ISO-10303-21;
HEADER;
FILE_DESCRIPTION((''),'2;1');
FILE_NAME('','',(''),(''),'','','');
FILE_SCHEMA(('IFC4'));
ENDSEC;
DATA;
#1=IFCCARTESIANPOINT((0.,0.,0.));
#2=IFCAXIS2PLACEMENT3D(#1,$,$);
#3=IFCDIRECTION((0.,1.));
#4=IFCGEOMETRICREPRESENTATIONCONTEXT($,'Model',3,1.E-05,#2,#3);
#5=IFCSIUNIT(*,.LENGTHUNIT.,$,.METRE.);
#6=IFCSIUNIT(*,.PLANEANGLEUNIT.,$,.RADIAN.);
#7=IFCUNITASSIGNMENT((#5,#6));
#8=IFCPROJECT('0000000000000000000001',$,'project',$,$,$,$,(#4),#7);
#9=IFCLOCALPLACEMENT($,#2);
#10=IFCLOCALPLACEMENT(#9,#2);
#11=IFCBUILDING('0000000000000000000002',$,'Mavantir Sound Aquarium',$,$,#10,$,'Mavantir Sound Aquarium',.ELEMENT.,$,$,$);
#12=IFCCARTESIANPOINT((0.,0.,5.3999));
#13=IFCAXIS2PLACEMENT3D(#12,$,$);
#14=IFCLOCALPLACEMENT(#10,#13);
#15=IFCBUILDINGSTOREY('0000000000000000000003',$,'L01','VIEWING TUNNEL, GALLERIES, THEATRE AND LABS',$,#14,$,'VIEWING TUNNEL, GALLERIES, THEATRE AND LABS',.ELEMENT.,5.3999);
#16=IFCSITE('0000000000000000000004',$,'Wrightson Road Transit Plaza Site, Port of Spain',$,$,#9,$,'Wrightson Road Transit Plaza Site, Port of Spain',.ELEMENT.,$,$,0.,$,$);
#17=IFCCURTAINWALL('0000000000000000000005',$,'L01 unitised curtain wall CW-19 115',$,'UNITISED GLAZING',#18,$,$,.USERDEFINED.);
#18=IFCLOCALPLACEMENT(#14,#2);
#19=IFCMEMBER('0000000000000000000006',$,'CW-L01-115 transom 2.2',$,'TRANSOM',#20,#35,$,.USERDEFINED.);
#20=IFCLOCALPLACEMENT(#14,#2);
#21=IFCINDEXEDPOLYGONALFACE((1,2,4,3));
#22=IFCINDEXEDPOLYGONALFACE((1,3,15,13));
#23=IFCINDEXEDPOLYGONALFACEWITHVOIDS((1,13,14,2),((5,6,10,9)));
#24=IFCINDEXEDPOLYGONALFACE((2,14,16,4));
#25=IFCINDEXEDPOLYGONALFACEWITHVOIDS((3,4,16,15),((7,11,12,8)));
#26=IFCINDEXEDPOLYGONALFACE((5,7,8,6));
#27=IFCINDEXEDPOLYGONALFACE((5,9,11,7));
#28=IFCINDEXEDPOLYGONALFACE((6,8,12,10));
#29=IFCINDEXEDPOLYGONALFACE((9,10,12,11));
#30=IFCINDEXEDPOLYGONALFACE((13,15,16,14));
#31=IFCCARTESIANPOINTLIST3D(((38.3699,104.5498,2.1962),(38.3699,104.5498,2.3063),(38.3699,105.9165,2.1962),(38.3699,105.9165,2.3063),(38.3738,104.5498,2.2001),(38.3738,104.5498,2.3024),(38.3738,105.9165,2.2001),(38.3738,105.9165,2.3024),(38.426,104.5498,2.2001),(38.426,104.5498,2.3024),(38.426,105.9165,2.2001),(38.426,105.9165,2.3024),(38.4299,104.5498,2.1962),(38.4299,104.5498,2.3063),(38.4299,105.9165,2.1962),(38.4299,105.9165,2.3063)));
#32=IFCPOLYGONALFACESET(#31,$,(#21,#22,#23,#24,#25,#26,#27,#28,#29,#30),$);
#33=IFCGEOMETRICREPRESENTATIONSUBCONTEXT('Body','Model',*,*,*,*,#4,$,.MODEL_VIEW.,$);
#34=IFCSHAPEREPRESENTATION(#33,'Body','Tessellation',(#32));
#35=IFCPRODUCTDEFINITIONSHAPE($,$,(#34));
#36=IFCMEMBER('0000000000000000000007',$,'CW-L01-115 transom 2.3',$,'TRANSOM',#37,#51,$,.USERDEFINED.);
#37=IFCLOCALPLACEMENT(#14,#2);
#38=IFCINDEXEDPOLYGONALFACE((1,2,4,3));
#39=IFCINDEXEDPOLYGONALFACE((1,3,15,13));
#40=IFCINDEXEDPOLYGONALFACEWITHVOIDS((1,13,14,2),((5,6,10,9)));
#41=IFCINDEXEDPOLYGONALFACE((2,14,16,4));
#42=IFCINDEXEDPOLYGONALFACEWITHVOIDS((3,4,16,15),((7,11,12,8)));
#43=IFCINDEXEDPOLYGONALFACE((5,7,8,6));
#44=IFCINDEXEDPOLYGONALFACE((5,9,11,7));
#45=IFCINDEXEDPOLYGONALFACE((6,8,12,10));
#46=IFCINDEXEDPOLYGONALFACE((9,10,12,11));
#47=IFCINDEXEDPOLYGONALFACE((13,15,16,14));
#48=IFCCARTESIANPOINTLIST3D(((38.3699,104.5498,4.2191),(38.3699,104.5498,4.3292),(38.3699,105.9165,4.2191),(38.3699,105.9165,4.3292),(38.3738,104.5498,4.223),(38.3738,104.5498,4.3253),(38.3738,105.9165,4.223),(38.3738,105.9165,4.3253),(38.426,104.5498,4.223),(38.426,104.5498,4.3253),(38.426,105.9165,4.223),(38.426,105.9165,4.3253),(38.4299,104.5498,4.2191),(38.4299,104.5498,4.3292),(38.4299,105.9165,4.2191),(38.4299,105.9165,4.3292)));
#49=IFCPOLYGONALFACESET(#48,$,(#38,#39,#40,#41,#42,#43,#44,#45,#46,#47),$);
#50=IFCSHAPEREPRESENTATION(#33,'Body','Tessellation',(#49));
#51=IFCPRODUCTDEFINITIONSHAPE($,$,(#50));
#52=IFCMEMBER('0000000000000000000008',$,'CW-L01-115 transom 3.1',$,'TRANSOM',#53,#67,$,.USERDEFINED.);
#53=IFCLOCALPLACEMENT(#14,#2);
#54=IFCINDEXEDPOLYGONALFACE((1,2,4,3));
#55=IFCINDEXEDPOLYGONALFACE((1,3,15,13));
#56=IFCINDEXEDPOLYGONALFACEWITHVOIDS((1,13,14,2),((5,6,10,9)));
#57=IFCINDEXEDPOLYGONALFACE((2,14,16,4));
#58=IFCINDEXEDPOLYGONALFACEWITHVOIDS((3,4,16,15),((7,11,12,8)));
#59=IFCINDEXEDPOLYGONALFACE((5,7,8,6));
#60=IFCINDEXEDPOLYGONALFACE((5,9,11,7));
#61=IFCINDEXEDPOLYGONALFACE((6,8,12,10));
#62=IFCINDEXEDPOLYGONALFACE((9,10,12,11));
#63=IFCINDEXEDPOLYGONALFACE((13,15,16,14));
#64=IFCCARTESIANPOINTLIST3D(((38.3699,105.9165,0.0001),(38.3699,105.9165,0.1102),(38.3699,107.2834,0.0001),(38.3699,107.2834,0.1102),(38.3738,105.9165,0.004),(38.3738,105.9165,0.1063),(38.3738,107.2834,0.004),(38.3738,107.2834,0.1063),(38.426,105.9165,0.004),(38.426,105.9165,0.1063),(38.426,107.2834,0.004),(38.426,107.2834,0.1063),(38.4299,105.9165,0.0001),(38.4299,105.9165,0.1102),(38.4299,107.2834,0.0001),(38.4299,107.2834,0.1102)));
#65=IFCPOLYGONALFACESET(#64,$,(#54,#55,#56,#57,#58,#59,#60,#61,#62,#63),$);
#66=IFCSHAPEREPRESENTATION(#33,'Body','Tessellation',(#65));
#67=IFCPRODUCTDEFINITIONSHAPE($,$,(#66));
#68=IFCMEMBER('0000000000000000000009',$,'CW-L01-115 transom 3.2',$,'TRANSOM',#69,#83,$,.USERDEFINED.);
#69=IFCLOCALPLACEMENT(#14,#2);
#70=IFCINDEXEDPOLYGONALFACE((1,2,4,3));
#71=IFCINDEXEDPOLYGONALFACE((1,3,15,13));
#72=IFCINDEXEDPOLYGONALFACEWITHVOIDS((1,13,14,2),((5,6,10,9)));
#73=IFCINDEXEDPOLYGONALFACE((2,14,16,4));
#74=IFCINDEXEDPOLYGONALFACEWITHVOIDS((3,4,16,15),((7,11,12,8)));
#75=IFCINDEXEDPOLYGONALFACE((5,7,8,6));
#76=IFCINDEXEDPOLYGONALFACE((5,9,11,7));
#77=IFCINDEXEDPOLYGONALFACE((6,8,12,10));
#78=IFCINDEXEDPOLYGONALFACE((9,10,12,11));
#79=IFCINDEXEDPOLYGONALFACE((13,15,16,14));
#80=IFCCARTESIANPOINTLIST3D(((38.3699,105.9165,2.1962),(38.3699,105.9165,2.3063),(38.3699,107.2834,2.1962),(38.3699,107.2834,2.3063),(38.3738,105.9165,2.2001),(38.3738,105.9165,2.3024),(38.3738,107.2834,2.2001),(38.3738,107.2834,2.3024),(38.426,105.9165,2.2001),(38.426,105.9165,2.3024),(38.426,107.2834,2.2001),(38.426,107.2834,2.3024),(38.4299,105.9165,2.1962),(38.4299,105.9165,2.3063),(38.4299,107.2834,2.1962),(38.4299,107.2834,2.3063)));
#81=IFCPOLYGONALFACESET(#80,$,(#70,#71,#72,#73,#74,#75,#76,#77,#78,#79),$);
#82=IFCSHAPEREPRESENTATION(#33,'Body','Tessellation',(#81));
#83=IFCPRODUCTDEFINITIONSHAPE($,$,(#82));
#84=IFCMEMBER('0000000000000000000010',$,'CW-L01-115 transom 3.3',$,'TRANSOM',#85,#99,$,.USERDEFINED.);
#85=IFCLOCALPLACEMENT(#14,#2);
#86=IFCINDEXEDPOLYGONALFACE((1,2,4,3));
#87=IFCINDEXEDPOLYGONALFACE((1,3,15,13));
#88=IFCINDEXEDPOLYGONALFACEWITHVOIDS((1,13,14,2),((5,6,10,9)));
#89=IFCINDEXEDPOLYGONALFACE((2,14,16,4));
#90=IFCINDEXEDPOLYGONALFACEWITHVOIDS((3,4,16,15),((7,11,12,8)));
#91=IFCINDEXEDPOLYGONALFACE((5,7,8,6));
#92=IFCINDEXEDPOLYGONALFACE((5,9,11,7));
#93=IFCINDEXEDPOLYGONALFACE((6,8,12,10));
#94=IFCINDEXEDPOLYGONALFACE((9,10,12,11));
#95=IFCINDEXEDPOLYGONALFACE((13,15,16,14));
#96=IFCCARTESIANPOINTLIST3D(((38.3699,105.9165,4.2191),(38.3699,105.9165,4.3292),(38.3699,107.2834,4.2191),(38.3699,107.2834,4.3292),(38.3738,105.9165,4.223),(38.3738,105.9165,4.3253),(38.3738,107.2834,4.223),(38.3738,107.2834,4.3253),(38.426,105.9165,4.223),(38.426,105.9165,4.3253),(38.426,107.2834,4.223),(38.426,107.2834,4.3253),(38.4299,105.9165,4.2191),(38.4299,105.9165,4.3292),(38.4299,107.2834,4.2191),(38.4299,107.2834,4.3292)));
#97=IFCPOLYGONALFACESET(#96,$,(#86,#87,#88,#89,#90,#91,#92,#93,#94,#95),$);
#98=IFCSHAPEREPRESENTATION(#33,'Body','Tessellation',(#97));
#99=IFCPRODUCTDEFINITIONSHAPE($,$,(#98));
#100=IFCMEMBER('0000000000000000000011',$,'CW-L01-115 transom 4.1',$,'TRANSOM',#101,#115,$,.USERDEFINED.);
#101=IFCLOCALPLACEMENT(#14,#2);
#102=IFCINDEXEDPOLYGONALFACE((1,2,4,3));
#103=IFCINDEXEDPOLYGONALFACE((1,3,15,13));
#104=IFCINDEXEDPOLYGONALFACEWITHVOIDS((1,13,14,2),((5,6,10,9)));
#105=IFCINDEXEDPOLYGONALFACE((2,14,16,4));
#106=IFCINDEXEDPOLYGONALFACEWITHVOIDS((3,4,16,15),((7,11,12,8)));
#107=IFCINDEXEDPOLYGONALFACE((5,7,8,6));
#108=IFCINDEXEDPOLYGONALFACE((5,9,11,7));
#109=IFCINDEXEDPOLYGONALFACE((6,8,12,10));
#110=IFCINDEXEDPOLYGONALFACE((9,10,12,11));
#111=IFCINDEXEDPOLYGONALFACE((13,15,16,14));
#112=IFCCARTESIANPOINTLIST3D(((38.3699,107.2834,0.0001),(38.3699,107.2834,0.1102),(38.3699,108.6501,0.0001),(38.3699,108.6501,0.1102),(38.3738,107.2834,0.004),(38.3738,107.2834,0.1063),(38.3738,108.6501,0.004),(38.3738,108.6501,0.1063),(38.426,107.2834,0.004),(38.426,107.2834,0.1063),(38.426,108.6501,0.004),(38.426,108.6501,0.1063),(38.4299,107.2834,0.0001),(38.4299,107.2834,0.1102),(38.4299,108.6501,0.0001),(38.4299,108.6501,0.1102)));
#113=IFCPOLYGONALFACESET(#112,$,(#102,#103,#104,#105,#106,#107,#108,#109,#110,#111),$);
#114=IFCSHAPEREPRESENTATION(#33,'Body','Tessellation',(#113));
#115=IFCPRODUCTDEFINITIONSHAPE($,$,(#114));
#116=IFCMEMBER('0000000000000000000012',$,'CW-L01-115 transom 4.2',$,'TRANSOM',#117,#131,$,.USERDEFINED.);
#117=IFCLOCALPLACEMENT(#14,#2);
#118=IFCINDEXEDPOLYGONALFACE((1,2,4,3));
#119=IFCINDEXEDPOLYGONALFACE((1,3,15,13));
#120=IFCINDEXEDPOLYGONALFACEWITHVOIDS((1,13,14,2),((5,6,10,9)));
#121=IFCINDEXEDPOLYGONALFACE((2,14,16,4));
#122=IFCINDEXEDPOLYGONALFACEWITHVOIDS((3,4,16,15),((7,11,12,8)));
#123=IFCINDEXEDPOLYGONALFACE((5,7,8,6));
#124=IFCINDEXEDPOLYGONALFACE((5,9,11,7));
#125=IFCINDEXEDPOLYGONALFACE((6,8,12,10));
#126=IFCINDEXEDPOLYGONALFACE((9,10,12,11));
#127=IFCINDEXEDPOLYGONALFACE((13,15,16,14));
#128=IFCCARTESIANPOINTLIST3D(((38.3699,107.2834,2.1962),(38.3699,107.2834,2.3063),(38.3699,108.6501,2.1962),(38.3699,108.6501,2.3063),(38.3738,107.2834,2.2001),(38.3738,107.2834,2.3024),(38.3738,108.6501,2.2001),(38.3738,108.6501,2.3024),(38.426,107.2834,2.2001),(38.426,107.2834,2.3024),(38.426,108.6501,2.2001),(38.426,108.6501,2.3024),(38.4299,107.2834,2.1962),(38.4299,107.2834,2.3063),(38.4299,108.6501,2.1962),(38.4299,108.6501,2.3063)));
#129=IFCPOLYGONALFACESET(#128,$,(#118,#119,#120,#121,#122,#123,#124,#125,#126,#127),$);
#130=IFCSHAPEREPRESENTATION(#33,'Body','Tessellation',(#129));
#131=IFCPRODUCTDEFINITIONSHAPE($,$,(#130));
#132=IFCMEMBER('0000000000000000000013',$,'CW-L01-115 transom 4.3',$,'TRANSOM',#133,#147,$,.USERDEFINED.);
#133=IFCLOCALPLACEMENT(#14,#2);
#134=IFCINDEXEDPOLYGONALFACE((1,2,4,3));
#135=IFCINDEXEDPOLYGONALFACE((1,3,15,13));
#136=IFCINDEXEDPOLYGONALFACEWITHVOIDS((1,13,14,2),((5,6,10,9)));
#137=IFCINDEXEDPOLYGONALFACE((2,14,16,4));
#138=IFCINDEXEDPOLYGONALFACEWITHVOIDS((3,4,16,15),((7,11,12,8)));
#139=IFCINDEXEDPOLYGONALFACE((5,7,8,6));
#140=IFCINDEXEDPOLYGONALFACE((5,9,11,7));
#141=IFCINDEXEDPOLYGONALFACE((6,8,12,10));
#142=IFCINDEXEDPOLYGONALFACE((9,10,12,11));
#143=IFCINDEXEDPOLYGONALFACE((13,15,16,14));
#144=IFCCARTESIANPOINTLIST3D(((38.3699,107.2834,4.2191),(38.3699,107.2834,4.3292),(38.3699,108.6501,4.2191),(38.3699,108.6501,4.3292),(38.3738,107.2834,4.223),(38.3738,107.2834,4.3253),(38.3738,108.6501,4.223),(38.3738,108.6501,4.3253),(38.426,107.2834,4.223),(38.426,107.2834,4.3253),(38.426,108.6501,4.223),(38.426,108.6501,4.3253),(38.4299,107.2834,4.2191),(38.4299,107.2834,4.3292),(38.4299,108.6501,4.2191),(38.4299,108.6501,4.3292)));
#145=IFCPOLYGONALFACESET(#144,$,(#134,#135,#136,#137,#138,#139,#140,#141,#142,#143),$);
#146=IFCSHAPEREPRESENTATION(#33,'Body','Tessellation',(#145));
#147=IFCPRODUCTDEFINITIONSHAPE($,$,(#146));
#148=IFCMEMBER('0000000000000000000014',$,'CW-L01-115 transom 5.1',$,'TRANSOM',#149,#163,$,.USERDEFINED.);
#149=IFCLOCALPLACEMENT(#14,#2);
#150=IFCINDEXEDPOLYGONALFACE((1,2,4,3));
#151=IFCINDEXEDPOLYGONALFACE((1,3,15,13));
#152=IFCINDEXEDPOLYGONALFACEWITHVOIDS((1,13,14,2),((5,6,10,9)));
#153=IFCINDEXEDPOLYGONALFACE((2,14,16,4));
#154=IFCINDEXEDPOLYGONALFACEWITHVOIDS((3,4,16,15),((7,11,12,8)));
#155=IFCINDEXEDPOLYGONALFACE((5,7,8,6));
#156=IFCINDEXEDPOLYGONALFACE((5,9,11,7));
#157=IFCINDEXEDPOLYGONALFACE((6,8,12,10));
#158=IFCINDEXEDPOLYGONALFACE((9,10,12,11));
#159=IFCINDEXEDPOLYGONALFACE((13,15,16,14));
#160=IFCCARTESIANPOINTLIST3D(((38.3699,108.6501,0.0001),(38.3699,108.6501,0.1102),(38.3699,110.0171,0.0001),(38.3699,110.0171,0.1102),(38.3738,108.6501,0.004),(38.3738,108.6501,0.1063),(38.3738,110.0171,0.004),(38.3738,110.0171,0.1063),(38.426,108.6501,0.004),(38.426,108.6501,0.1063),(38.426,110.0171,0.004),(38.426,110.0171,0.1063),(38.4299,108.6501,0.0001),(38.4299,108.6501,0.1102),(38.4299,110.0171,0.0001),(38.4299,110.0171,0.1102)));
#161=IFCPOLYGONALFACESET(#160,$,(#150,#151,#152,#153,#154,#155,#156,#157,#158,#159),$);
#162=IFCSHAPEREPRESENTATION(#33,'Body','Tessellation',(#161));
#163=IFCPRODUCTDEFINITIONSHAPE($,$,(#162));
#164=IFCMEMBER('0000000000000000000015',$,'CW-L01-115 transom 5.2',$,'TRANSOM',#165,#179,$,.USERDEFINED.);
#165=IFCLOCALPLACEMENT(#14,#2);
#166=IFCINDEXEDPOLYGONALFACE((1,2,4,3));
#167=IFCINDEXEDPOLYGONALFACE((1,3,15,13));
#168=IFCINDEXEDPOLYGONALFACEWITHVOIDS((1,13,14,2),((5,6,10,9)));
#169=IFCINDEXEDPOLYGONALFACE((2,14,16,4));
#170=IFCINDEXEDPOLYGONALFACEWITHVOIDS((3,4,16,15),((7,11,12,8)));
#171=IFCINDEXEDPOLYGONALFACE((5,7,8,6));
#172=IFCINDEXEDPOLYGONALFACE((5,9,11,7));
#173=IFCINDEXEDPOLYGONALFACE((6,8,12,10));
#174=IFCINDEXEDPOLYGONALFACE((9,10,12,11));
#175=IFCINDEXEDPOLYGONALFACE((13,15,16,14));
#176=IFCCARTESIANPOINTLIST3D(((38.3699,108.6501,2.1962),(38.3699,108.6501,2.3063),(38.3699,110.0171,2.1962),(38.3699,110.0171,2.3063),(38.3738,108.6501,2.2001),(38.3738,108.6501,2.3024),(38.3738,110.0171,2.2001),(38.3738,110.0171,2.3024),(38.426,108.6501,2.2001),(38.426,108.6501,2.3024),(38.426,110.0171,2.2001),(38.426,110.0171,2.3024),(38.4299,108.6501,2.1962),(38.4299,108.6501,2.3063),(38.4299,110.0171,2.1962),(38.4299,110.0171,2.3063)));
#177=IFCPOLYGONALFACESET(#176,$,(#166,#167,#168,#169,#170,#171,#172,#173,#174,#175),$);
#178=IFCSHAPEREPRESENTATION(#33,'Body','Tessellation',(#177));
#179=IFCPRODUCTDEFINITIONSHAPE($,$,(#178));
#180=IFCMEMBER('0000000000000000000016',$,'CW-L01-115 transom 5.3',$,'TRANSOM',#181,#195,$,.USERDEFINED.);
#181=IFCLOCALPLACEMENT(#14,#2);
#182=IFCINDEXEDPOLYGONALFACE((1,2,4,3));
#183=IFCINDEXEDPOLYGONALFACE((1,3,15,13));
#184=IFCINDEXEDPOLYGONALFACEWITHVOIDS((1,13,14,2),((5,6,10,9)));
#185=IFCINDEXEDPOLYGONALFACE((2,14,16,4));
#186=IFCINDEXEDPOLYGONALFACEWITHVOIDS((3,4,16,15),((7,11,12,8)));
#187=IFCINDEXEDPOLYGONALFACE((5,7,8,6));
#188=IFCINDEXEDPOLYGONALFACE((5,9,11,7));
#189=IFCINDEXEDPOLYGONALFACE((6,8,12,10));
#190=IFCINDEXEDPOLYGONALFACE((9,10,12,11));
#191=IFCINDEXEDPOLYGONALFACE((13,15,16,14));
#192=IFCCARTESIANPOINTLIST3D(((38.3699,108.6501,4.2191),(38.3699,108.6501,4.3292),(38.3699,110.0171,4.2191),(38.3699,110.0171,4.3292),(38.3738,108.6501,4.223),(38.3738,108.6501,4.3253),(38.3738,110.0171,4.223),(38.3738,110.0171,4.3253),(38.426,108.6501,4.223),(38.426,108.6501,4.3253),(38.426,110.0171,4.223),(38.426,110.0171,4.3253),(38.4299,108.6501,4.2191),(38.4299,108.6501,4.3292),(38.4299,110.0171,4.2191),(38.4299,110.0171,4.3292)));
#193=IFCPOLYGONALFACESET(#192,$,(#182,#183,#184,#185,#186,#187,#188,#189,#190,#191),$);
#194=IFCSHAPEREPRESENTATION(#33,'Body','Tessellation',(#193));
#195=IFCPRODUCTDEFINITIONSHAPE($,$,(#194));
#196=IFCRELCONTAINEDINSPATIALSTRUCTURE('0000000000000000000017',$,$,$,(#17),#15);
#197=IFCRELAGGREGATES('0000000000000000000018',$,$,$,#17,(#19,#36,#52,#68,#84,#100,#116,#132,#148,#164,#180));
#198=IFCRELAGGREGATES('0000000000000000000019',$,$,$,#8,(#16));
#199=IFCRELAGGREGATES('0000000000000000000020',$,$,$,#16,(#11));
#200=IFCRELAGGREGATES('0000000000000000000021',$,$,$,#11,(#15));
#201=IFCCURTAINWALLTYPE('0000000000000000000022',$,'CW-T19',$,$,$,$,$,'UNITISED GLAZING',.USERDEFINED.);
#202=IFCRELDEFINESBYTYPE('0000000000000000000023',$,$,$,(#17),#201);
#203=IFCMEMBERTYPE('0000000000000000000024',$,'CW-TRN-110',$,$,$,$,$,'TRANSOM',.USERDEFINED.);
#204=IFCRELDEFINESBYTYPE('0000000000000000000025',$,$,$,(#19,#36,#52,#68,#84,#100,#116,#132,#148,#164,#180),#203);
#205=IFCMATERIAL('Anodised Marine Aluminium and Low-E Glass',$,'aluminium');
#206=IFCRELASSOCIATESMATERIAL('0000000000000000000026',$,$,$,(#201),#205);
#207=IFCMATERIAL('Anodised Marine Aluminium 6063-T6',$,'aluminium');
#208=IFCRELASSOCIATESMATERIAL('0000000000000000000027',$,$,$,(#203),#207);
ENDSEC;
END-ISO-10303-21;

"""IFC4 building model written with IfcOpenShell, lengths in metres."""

from ifc_helpers import new_model, si_unit, direction, frame, origin, origin_2d, place, context, subcontext, project, spatial, hollow_rectangle, extrude, material, material_profile, profile_set, type_object, element, aggregate, save


model = new_model("IFC4")

# Units and contexts
model_context = context("Model", 3, precision=1e-05, world=origin(), true_north=direction((0.0, 1.0)))
body_context = subcontext(model_context, "Body", "Model", "MODEL_VIEW")
ifc_project = project(units=[si_unit("LENGTHUNIT", "METRE"), si_unit("PLANEANGLEUNIT", "RADIAN")], contexts=[model_context])

# Site, building, storey
site_placement = place(None, origin())
site = spatial("IfcSite", under=ifc_project, at=site_placement, Name="Wrightson Road Transit Plaza Site, Port of Spain", LongName="Wrightson Road Transit Plaza Site, Port of Spain", CompositionType="ELEMENT", RefElevation=0.0)
building_placement = place(site_placement, origin())
building = spatial("IfcBuilding", under=site, at=building_placement, Name="Mavantir Sound Aquarium", LongName="Mavantir Sound Aquarium", CompositionType="ELEMENT")
storey_placement = place(building_placement, frame((0.0, 0.0, 5.3999)))
storey = spatial("IfcBuildingStorey", under=building, at=storey_placement, Name="L01", Description="VIEWING TUNNEL, GALLERIES, THEATRE AND LABS", LongName="VIEWING TUNNEL, GALLERIES, THEATRE AND LABS", CompositionType="ELEMENT", Elevation=5.3999)

# Curtain wall
ifc_material_1 = material(Name="Anodised Marine Aluminium and Low-E Glass", Category="aluminium")
curtain_wall_type_1 = type_object("IfcCurtainWallType", Name="CW-T19", ElementType="UNITISED GLAZING", PredefinedType="USERDEFINED", material=ifc_material_1)
curtain_wall_1_placement = place(storey_placement, origin())
curtain_wall_1 = element("IfcCurtainWall", 1, at=curtain_wall_1_placement, inside=storey, type_object=curtain_wall_type_1, Name="L01 unitised curtain wall CW-19 115", ObjectType="UNITISED GLAZING", PredefinedType="USERDEFINED")
ifc_material_2 = material(Name="Anodised Marine Aluminium 6063-T6", Category="aluminium")

# Members
ifc_material_profile_1 = material_profile(ifc_material_2, hollow_rectangle(XDim=0.0601, YDim=0.1101, WallThickness=0.0039, at=origin_2d()), Name="ALU-TRANSOM-110X60")
ifc_profile_set_1 = profile_set([ifc_material_profile_1], Name="Anodised Marine Aluminium 6063-T6")
member_type_1 = type_object("IfcMemberType", Name="CW-TRN-110", ElementType="TRANSOM", PredefinedType="USERDEFINED", material=ifc_profile_set_1)
member_1_placement = place(storey_placement, frame((38.3999, 104.5498, 2.2512), z_axis=(0.0, 1.0, 0.0), x_axis=(-1.0, 0.0, 0.0)))
member_1 = element("IfcMember", 2, at=member_1_placement, type_object=member_type_1, Name="CW-L01-115 transom 2.2", ObjectType="TRANSOM", PredefinedType="USERDEFINED", context=body_context, shape_type="SweptSolid", body=[
    extrude(hollow_rectangle(XDim=0.0601, YDim=0.1101, WallThickness=0.0039, at=origin_2d()), origin(), (0.0, 0.0, 1.0), 1.3667),
])
member_2_placement = place(storey_placement, frame((38.3999, 104.5498, 4.2742), z_axis=(0.0, 1.0, 0.0), x_axis=(-1.0, 0.0, 0.0)))
member_2 = element("IfcMember", 3, at=member_2_placement, type_object=member_type_1, Name="CW-L01-115 transom 2.3", ObjectType="TRANSOM", PredefinedType="USERDEFINED", context=body_context, shape_type="SweptSolid", body=[
    extrude(hollow_rectangle(XDim=0.0601, YDim=0.1101, WallThickness=0.0039, at=origin_2d()), origin(), (0.0, 0.0, 1.0), 1.3667),
])
member_3_placement = place(storey_placement, frame((38.3999, 105.9165, 0.0552), z_axis=(0.0, 1.0, 0.0), x_axis=(-1.0, 0.0, 0.0)))
member_3 = element("IfcMember", 4, at=member_3_placement, type_object=member_type_1, Name="CW-L01-115 transom 3.1", ObjectType="TRANSOM", PredefinedType="USERDEFINED", context=body_context, shape_type="SweptSolid", body=[
    extrude(hollow_rectangle(XDim=0.0601, YDim=0.1101, WallThickness=0.0039, at=origin_2d()), origin(), (0.0, 0.0, 1.0), 1.3669),
])
member_4_placement = place(storey_placement, frame((38.3999, 105.9165, 2.2512), z_axis=(0.0, 1.0, 0.0), x_axis=(-1.0, 0.0, 0.0)))
member_4 = element("IfcMember", 5, at=member_4_placement, type_object=member_type_1, Name="CW-L01-115 transom 3.2", ObjectType="TRANSOM", PredefinedType="USERDEFINED", context=body_context, shape_type="SweptSolid", body=[
    extrude(hollow_rectangle(XDim=0.0601, YDim=0.1101, WallThickness=0.0039, at=origin_2d()), origin(), (0.0, 0.0, 1.0), 1.3669),
])
member_5_placement = place(storey_placement, frame((38.3999, 105.9165, 4.2742), z_axis=(0.0, 1.0, 0.0), x_axis=(-1.0, 0.0, 0.0)))
member_5 = element("IfcMember", 6, at=member_5_placement, type_object=member_type_1, Name="CW-L01-115 transom 3.3", ObjectType="TRANSOM", PredefinedType="USERDEFINED", context=body_context, shape_type="SweptSolid", body=[
    extrude(hollow_rectangle(XDim=0.0601, YDim=0.1101, WallThickness=0.0039, at=origin_2d()), origin(), (0.0, 0.0, 1.0), 1.3669),
])
member_6_placement = place(storey_placement, frame((38.3999, 107.2834, 0.0552), z_axis=(0.0, 1.0, 0.0), x_axis=(-1.0, 0.0, 0.0)))
member_6 = element("IfcMember", 7, at=member_6_placement, type_object=member_type_1, Name="CW-L01-115 transom 4.1", ObjectType="TRANSOM", PredefinedType="USERDEFINED", context=body_context, shape_type="SweptSolid", body=[
    extrude(hollow_rectangle(XDim=0.0601, YDim=0.1101, WallThickness=0.0039, at=origin_2d()), origin(), (0.0, 0.0, 1.0), 1.3667),
])
member_7_placement = place(storey_placement, frame((38.3999, 107.2834, 2.2512), z_axis=(0.0, 1.0, 0.0), x_axis=(-1.0, 0.0, 0.0)))
member_7 = element("IfcMember", 8, at=member_7_placement, type_object=member_type_1, Name="CW-L01-115 transom 4.2", ObjectType="TRANSOM", PredefinedType="USERDEFINED", context=body_context, shape_type="SweptSolid", body=[
    extrude(hollow_rectangle(XDim=0.0601, YDim=0.1101, WallThickness=0.0039, at=origin_2d()), origin(), (0.0, 0.0, 1.0), 1.3667),
])
member_8_placement = place(storey_placement, frame((38.3999, 107.2834, 4.2742), z_axis=(0.0, 1.0, 0.0), x_axis=(-1.0, 0.0, 0.0)))
member_8 = element("IfcMember", 9, at=member_8_placement, type_object=member_type_1, Name="CW-L01-115 transom 4.3", ObjectType="TRANSOM", PredefinedType="USERDEFINED", context=body_context, shape_type="SweptSolid", body=[
    extrude(hollow_rectangle(XDim=0.0601, YDim=0.1101, WallThickness=0.0039, at=origin_2d()), origin(), (0.0, 0.0, 1.0), 1.3667),
])
member_9_placement = place(storey_placement, frame((38.3999, 108.6501, 0.0552), z_axis=(0.0, 1.0, 0.0), x_axis=(-1.0, 0.0, 0.0)))
member_9 = element("IfcMember", 10, at=member_9_placement, type_object=member_type_1, Name="CW-L01-115 transom 5.1", ObjectType="TRANSOM", PredefinedType="USERDEFINED", context=body_context, shape_type="SweptSolid", body=[
    extrude(hollow_rectangle(XDim=0.0601, YDim=0.1101, WallThickness=0.0039, at=origin_2d()), origin(), (0.0, 0.0, 1.0), 1.3669),
])
member_10_placement = place(storey_placement, frame((38.3999, 108.6501, 2.2512), z_axis=(0.0, 1.0, 0.0), x_axis=(-1.0, 0.0, 0.0)))
member_10 = element("IfcMember", 11, at=member_10_placement, type_object=member_type_1, Name="CW-L01-115 transom 5.2", ObjectType="TRANSOM", PredefinedType="USERDEFINED", context=body_context, shape_type="SweptSolid", body=[
    extrude(hollow_rectangle(XDim=0.0601, YDim=0.1101, WallThickness=0.0039, at=origin_2d()), origin(), (0.0, 0.0, 1.0), 1.3669),
])
member_11_placement = place(storey_placement, frame((38.3999, 108.6501, 4.2742), z_axis=(0.0, 1.0, 0.0), x_axis=(-1.0, 0.0, 0.0)))
member_11 = element("IfcMember", 12, at=member_11_placement, type_object=member_type_1, Name="CW-L01-115 transom 5.3", ObjectType="TRANSOM", PredefinedType="USERDEFINED", context=body_context, shape_type="SweptSolid", body=[
    extrude(hollow_rectangle(XDim=0.0601, YDim=0.1101, WallThickness=0.0039, at=origin_2d()), origin(), (0.0, 0.0, 1.0), 1.3669),
])

aggregate(curtain_wall_1, [member_1, member_2, member_3, member_4, member_5, member_6, member_7, member_8, member_9, member_10, member_11])

save(model, "model.ifc")
